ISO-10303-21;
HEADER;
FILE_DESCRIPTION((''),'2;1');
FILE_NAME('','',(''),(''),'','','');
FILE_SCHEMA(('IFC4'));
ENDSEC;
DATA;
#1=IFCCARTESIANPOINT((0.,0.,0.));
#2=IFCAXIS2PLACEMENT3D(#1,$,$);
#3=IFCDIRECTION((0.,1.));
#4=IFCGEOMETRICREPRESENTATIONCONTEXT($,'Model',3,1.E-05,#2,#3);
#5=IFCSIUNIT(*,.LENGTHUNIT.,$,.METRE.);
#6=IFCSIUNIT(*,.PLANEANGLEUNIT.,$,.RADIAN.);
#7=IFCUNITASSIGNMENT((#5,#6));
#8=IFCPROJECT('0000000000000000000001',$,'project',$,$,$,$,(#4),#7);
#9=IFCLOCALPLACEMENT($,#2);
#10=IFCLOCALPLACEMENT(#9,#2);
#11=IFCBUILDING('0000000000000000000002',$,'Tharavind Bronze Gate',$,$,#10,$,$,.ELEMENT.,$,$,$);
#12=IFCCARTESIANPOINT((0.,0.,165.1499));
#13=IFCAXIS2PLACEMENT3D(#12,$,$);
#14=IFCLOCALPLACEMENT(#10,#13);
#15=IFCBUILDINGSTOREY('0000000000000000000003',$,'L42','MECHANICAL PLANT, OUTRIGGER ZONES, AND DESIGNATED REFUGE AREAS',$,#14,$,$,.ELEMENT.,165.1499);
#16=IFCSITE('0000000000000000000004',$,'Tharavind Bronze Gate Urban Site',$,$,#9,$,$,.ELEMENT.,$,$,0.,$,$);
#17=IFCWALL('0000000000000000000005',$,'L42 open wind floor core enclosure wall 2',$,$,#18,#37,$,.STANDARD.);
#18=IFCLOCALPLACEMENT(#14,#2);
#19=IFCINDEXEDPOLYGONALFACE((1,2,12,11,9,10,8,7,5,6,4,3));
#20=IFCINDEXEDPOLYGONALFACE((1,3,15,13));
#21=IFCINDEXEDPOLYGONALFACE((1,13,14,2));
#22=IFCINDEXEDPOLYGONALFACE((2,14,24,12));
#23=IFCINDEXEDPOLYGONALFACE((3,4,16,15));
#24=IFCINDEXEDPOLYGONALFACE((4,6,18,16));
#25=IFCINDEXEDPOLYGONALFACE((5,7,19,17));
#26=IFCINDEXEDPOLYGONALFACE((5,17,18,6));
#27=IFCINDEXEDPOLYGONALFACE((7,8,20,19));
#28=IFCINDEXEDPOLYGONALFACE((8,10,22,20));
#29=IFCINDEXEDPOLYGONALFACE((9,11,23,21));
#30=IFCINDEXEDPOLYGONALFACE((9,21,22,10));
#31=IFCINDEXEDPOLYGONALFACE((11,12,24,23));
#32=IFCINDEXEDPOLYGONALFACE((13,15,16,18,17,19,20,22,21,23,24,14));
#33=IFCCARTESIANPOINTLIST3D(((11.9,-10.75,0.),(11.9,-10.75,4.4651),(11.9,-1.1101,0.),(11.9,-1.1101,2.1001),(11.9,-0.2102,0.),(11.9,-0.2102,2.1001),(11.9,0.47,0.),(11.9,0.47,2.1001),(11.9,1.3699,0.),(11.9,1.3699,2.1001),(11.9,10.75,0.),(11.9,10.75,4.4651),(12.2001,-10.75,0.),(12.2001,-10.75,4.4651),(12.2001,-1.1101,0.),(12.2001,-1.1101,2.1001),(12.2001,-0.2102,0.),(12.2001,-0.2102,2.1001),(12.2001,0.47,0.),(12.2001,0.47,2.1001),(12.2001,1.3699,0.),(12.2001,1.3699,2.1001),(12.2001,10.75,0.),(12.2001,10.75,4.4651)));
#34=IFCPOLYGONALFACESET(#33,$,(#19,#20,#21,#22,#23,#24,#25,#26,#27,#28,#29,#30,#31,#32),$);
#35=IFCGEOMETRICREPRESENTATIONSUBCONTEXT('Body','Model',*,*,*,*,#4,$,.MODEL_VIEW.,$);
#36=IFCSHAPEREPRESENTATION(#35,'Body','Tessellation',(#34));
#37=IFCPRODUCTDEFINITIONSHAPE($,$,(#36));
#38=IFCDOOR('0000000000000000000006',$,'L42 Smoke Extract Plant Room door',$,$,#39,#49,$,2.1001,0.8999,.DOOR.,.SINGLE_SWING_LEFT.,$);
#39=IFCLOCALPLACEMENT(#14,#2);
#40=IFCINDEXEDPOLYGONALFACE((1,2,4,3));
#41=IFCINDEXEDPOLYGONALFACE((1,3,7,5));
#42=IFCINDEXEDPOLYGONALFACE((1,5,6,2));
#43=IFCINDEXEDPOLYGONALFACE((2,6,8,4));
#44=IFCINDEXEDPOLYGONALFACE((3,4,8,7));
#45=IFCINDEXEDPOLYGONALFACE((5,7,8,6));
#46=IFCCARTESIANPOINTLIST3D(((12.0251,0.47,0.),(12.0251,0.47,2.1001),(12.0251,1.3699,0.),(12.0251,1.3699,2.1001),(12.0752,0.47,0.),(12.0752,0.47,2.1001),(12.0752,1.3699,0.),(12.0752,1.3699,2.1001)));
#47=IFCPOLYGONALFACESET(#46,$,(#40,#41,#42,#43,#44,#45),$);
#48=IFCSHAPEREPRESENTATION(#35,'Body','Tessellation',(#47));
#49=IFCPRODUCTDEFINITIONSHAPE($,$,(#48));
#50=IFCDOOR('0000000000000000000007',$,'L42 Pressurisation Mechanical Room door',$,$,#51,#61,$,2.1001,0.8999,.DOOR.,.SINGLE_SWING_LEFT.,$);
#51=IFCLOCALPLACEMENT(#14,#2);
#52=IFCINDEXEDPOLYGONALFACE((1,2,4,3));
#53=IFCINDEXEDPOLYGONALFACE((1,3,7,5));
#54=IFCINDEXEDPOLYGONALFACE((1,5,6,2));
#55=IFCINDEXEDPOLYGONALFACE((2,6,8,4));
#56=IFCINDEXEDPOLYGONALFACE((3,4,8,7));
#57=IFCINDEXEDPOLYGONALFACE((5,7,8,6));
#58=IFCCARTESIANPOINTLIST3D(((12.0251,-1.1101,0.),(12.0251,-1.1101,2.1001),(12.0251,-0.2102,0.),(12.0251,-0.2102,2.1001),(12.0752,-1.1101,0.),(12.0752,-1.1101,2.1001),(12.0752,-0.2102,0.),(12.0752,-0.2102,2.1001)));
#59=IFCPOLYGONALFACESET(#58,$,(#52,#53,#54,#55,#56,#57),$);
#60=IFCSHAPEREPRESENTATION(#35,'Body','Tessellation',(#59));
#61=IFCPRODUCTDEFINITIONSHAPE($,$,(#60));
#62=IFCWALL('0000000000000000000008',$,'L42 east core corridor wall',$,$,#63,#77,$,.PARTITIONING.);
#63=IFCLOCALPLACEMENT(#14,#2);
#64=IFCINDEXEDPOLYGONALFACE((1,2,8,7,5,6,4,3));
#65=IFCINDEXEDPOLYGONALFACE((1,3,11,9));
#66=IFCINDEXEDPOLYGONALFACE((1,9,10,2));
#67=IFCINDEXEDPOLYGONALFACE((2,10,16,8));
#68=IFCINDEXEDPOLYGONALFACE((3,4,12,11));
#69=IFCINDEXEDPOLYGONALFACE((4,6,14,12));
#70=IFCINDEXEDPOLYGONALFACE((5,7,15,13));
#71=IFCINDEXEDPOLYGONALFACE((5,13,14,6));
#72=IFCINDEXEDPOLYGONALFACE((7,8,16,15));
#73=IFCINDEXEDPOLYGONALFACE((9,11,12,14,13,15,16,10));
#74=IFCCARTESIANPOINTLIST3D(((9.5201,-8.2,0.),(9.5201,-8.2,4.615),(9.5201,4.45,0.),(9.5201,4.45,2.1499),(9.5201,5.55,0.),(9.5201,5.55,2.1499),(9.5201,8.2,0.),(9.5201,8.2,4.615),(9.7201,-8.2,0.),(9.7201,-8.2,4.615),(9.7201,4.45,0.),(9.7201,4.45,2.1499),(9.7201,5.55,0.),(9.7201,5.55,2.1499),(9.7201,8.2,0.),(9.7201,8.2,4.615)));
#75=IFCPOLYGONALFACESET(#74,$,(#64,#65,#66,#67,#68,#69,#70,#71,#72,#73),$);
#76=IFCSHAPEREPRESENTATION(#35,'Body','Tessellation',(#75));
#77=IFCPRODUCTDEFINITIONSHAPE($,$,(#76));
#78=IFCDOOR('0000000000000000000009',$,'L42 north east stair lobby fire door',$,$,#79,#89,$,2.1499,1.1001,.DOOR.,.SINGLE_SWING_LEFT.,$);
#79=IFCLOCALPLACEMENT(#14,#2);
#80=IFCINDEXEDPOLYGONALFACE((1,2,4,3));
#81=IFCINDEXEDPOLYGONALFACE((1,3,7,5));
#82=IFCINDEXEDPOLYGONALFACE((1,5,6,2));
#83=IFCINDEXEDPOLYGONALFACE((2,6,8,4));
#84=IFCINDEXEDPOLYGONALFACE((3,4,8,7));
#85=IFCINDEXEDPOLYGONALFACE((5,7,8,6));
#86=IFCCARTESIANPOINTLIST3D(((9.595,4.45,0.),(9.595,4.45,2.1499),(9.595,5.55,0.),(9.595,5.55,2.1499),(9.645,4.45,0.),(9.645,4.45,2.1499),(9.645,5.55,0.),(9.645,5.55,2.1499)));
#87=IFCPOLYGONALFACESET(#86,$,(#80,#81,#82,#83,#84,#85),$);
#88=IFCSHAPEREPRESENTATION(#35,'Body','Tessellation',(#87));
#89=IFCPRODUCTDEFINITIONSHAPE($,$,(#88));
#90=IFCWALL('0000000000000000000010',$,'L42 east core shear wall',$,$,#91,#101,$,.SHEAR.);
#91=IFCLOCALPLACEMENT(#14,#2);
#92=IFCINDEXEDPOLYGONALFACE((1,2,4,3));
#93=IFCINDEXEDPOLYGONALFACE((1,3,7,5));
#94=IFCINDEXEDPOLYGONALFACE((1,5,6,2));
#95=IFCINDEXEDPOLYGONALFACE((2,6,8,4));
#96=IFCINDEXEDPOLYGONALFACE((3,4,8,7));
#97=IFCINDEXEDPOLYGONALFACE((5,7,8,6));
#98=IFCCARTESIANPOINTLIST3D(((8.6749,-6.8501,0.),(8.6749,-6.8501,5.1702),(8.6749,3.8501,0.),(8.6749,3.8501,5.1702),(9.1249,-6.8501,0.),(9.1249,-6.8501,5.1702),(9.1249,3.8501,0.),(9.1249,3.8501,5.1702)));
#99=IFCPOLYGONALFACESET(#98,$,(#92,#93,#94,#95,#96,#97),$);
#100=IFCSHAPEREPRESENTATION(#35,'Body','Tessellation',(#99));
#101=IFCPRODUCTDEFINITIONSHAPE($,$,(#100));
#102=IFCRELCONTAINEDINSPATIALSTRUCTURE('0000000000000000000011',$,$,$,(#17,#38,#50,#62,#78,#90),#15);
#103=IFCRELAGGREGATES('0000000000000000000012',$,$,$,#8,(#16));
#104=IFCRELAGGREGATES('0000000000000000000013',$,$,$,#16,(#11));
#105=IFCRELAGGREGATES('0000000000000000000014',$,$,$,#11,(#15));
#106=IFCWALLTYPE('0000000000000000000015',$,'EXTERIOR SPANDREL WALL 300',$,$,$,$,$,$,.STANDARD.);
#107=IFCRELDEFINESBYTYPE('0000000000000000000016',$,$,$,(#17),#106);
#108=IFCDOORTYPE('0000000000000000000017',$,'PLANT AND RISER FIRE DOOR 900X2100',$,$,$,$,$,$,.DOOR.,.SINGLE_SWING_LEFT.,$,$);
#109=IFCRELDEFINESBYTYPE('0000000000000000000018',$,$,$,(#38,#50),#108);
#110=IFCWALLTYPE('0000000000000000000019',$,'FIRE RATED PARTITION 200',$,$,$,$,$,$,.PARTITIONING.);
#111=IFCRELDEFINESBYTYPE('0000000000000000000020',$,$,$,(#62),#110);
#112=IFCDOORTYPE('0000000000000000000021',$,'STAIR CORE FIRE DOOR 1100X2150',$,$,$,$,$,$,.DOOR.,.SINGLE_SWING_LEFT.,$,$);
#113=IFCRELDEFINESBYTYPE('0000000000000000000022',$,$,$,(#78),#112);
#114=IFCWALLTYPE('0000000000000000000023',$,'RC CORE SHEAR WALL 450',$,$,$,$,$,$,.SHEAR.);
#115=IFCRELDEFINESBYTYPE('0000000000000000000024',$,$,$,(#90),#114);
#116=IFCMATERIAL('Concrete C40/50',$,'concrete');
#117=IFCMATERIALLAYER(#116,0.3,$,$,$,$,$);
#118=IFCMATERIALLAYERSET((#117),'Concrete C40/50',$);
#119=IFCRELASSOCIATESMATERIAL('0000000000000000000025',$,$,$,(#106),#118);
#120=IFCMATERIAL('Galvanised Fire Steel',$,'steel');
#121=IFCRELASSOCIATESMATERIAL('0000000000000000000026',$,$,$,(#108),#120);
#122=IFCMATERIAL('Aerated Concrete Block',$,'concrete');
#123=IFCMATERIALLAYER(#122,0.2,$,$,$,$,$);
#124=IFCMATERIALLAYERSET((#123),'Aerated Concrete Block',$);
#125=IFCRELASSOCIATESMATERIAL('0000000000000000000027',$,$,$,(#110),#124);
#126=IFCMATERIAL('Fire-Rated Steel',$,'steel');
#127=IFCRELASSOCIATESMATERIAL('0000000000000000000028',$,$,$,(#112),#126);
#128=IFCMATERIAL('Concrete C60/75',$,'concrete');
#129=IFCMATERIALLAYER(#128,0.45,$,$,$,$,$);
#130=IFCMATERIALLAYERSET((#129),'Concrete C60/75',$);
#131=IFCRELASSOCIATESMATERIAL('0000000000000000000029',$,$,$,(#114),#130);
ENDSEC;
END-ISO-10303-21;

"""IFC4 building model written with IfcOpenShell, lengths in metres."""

from ifc_helpers import new_model, si_unit, direction, frame, frame_2d, origin, place, context, subcontext, project, spatial, rectangle, extrude, material, layer, layer_set, type_object, element, fill, save


model = new_model("IFC4")

# Units and contexts
model_context = context("Model", 3, precision=1e-05, world=origin(), true_north=direction((0.0, 1.0)))
body_context = subcontext(model_context, "Body", "Model", "MODEL_VIEW")
ifc_project = project(units=[si_unit("LENGTHUNIT", "METRE"), si_unit("PLANEANGLEUNIT", "RADIAN")], contexts=[model_context])

# Site, building, storey
site_placement = place(None, origin())
site = spatial("IfcSite", under=ifc_project, at=site_placement, Name="Tharavind Bronze Gate Urban Site", CompositionType="ELEMENT", RefElevation=0.0)
building_placement = place(site_placement, origin())
building = spatial("IfcBuilding", under=site, at=building_placement, Name="Tharavind Bronze Gate", CompositionType="ELEMENT")
storey_placement = place(building_placement, frame((0.0, 0.0, 165.1499)))
storey = spatial("IfcBuildingStorey", under=building, at=storey_placement, Name="L42", Description="MECHANICAL PLANT, OUTRIGGER ZONES, AND DESIGNATED REFUGE AREAS", CompositionType="ELEMENT", Elevation=165.1499)

# Shared definitions
ifc_material_1 = material(Name="Concrete C60/75", Category="concrete")

# Wall, openings, doors
ifc_material_2 = material(Name="Concrete C40/50", Category="concrete")
ifc_layer_1 = layer(ifc_material_2, 0.3)
ifc_layer_set_1 = layer_set([ifc_layer_1], Name="Concrete C40/50")
wall_type_1 = type_object("IfcWallType", Name="EXTERIOR SPANDREL WALL 300", PredefinedType="STANDARD", material=ifc_layer_set_1)
wall_1_placement = place(storey_placement, frame((12.05, -10.75, 0.0), z_axis=(0.0, 0.0, 1.0), x_axis=(0.0, 1.0, 0.0)))
wall_1 = element("IfcWall", 1, at=wall_1_placement, inside=storey, type_object=wall_type_1, Name="L42 open wind floor core enclosure wall 2", PredefinedType="STANDARD", context=body_context, shape_type="SweptSolid", body=[
    extrude(rectangle(XDim=21.5, YDim=0.3, at=frame_2d((10.75, 0.0))), origin(), (0.0, 0.0, 1.0), 4.4651),
])
opening_1_placement = place(wall_1_placement, frame((11.22, 0.0, 0.0)))
opening_1 = element("IfcOpeningElement", 2, at=opening_1_placement, cuts=wall_1, PredefinedType="OPENING", context=body_context, shape_type="SweptSolid", body=[
    extrude(rectangle(XDim=0.8999, YDim=2.1001, at=frame_2d((0.45, 1.05))), frame((0.0, 0.1599, 0.0), z_axis=(0.0, -1.0, 0.0), x_axis=(1.0, 0.0, 0.0)), (0.0, 0.0, 1.0), 0.32),
])
opening_2_placement = place(wall_1_placement, frame((9.6399, 0.0, 0.0)))
opening_2 = element("IfcOpeningElement", 3, at=opening_2_placement, cuts=wall_1, PredefinedType="OPENING", context=body_context, shape_type="SweptSolid", body=[
    extrude(rectangle(XDim=0.8999, YDim=2.1001, at=frame_2d((0.45, 1.05))), frame((0.0, 0.1599, 0.0), z_axis=(0.0, -1.0, 0.0), x_axis=(1.0, 0.0, 0.0)), (0.0, 0.0, 1.0), 0.32),
])
ifc_material_3 = material(Name="Galvanised Fire Steel", Category="steel")
door_type_1 = type_object("IfcDoorType", Name="PLANT AND RISER FIRE DOOR 900X2100", OperationType="SINGLE_SWING_LEFT", PredefinedType="DOOR", material=ifc_material_3)
door_1_placement = place(opening_1_placement, origin())
door_1 = element("IfcDoor", 4, at=door_1_placement, inside=storey, type_object=door_type_1, Name="L42 Smoke Extract Plant Room door", OperationType="SINGLE_SWING_LEFT", OverallHeight=2.1001, OverallWidth=0.8999, PredefinedType="DOOR", context=body_context, shape_type="SweptSolid", body=[
    extrude(rectangle(XDim=0.8999, YDim=2.1001, at=frame_2d((0.45, 1.05))), frame((0.0, 0.0249, 0.0), z_axis=(0.0, -1.0, 0.0), x_axis=(1.0, 0.0, 0.0)), (0.0, 0.0, 1.0), 0.05),
])
fill(opening_1, door_1)
door_2_placement = place(opening_2_placement, origin())
door_2 = element("IfcDoor", 5, at=door_2_placement, inside=storey, type_object=door_type_1, Name="L42 Pressurisation Mechanical Room door", OperationType="SINGLE_SWING_LEFT", OverallHeight=2.1001, OverallWidth=0.8999, PredefinedType="DOOR", context=body_context, shape_type="SweptSolid", body=[
    extrude(rectangle(XDim=0.8999, YDim=2.1001, at=frame_2d((0.45, 1.05))), frame((0.0, 0.0249, 0.0), z_axis=(0.0, -1.0, 0.0), x_axis=(1.0, 0.0, 0.0)), (0.0, 0.0, 1.0), 0.05),
])
fill(opening_2, door_2)

# Wall, opening, door
ifc_material_4 = material(Name="Aerated Concrete Block", Category="concrete")
ifc_layer_2 = layer(ifc_material_4, 0.2)
ifc_layer_set_2 = layer_set([ifc_layer_2], Name="Aerated Concrete Block")
wall_type_2 = type_object("IfcWallType", Name="FIRE RATED PARTITION 200", PredefinedType="PARTITIONING", material=ifc_layer_set_2)
wall_2_placement = place(storey_placement, frame((9.6201, -8.2, 0.0), z_axis=(0.0, 0.0, 1.0), x_axis=(0.0, 1.0, 0.0)))
wall_2 = element("IfcWall", 6, at=wall_2_placement, inside=storey, type_object=wall_type_2, Name="L42 east core corridor wall", PredefinedType="PARTITIONING", context=body_context, shape_type="SweptSolid", body=[
    extrude(rectangle(XDim=16.3999, YDim=0.2, at=frame_2d((8.2, 0.0))), origin(), (0.0, 0.0, 1.0), 4.615),
])
opening_3_placement = place(wall_2_placement, frame((12.6499, 0.0, 0.0)))
opening_3 = element("IfcOpeningElement", 7, at=opening_3_placement, cuts=wall_2, PredefinedType="OPENING", context=body_context, shape_type="SweptSolid", body=[
    extrude(rectangle(XDim=1.1001, YDim=2.1499, at=frame_2d((0.55, 1.075))), frame((0.0, 0.1101, 0.0), z_axis=(0.0, -1.0, 0.0), x_axis=(1.0, 0.0, 0.0)), (0.0, 0.0, 1.0), 0.22),
])
ifc_material_5 = material(Name="Fire-Rated Steel", Category="steel")
door_type_2 = type_object("IfcDoorType", Name="STAIR CORE FIRE DOOR 1100X2150", OperationType="SINGLE_SWING_LEFT", PredefinedType="DOOR", material=ifc_material_5)
door_3_placement = place(opening_3_placement, frame((1.1001, 0.0, 0.0), z_axis=(0.0, 0.0, 1.0), x_axis=(-1.0, 0.0, 0.0)))
door_3 = element("IfcDoor", 8, at=door_3_placement, inside=storey, type_object=door_type_2, Name="L42 north east stair lobby fire door", OperationType="SINGLE_SWING_LEFT", OverallHeight=2.1499, OverallWidth=1.1001, PredefinedType="DOOR", context=body_context, shape_type="SweptSolid", body=[
    extrude(rectangle(XDim=1.1001, YDim=2.1499, at=frame_2d((0.55, 1.075))), frame((0.0, 0.0249, 0.0), z_axis=(0.0, -1.0, 0.0), x_axis=(1.0, 0.0, 0.0)), (0.0, 0.0, 1.0), 0.05),
])
fill(opening_3, door_3)

# Wall
ifc_layer_3 = layer(ifc_material_1, 0.45)
ifc_layer_set_3 = layer_set([ifc_layer_3], Name="Concrete C60/75")
wall_type_3 = type_object("IfcWallType", Name="RC CORE SHEAR WALL 450", PredefinedType="SHEAR", material=ifc_layer_set_3)
wall_3_placement = place(storey_placement, frame((8.8999, -6.8501, 0.0), z_axis=(0.0, 0.0, 1.0), x_axis=(0.0, 1.0, 0.0)))
element("IfcWall", 9, at=wall_3_placement, inside=storey, type_object=wall_type_3, Name="L42 east core shear wall", PredefinedType="SHEAR", context=body_context, shape_type="SweptSolid", body=[
    extrude(rectangle(XDim=10.7002, YDim=0.45, at=frame_2d((5.3501, 0.0))), origin(), (0.0, 0.0, 1.0), 5.1702),
])

save(model, "model.ifc")
